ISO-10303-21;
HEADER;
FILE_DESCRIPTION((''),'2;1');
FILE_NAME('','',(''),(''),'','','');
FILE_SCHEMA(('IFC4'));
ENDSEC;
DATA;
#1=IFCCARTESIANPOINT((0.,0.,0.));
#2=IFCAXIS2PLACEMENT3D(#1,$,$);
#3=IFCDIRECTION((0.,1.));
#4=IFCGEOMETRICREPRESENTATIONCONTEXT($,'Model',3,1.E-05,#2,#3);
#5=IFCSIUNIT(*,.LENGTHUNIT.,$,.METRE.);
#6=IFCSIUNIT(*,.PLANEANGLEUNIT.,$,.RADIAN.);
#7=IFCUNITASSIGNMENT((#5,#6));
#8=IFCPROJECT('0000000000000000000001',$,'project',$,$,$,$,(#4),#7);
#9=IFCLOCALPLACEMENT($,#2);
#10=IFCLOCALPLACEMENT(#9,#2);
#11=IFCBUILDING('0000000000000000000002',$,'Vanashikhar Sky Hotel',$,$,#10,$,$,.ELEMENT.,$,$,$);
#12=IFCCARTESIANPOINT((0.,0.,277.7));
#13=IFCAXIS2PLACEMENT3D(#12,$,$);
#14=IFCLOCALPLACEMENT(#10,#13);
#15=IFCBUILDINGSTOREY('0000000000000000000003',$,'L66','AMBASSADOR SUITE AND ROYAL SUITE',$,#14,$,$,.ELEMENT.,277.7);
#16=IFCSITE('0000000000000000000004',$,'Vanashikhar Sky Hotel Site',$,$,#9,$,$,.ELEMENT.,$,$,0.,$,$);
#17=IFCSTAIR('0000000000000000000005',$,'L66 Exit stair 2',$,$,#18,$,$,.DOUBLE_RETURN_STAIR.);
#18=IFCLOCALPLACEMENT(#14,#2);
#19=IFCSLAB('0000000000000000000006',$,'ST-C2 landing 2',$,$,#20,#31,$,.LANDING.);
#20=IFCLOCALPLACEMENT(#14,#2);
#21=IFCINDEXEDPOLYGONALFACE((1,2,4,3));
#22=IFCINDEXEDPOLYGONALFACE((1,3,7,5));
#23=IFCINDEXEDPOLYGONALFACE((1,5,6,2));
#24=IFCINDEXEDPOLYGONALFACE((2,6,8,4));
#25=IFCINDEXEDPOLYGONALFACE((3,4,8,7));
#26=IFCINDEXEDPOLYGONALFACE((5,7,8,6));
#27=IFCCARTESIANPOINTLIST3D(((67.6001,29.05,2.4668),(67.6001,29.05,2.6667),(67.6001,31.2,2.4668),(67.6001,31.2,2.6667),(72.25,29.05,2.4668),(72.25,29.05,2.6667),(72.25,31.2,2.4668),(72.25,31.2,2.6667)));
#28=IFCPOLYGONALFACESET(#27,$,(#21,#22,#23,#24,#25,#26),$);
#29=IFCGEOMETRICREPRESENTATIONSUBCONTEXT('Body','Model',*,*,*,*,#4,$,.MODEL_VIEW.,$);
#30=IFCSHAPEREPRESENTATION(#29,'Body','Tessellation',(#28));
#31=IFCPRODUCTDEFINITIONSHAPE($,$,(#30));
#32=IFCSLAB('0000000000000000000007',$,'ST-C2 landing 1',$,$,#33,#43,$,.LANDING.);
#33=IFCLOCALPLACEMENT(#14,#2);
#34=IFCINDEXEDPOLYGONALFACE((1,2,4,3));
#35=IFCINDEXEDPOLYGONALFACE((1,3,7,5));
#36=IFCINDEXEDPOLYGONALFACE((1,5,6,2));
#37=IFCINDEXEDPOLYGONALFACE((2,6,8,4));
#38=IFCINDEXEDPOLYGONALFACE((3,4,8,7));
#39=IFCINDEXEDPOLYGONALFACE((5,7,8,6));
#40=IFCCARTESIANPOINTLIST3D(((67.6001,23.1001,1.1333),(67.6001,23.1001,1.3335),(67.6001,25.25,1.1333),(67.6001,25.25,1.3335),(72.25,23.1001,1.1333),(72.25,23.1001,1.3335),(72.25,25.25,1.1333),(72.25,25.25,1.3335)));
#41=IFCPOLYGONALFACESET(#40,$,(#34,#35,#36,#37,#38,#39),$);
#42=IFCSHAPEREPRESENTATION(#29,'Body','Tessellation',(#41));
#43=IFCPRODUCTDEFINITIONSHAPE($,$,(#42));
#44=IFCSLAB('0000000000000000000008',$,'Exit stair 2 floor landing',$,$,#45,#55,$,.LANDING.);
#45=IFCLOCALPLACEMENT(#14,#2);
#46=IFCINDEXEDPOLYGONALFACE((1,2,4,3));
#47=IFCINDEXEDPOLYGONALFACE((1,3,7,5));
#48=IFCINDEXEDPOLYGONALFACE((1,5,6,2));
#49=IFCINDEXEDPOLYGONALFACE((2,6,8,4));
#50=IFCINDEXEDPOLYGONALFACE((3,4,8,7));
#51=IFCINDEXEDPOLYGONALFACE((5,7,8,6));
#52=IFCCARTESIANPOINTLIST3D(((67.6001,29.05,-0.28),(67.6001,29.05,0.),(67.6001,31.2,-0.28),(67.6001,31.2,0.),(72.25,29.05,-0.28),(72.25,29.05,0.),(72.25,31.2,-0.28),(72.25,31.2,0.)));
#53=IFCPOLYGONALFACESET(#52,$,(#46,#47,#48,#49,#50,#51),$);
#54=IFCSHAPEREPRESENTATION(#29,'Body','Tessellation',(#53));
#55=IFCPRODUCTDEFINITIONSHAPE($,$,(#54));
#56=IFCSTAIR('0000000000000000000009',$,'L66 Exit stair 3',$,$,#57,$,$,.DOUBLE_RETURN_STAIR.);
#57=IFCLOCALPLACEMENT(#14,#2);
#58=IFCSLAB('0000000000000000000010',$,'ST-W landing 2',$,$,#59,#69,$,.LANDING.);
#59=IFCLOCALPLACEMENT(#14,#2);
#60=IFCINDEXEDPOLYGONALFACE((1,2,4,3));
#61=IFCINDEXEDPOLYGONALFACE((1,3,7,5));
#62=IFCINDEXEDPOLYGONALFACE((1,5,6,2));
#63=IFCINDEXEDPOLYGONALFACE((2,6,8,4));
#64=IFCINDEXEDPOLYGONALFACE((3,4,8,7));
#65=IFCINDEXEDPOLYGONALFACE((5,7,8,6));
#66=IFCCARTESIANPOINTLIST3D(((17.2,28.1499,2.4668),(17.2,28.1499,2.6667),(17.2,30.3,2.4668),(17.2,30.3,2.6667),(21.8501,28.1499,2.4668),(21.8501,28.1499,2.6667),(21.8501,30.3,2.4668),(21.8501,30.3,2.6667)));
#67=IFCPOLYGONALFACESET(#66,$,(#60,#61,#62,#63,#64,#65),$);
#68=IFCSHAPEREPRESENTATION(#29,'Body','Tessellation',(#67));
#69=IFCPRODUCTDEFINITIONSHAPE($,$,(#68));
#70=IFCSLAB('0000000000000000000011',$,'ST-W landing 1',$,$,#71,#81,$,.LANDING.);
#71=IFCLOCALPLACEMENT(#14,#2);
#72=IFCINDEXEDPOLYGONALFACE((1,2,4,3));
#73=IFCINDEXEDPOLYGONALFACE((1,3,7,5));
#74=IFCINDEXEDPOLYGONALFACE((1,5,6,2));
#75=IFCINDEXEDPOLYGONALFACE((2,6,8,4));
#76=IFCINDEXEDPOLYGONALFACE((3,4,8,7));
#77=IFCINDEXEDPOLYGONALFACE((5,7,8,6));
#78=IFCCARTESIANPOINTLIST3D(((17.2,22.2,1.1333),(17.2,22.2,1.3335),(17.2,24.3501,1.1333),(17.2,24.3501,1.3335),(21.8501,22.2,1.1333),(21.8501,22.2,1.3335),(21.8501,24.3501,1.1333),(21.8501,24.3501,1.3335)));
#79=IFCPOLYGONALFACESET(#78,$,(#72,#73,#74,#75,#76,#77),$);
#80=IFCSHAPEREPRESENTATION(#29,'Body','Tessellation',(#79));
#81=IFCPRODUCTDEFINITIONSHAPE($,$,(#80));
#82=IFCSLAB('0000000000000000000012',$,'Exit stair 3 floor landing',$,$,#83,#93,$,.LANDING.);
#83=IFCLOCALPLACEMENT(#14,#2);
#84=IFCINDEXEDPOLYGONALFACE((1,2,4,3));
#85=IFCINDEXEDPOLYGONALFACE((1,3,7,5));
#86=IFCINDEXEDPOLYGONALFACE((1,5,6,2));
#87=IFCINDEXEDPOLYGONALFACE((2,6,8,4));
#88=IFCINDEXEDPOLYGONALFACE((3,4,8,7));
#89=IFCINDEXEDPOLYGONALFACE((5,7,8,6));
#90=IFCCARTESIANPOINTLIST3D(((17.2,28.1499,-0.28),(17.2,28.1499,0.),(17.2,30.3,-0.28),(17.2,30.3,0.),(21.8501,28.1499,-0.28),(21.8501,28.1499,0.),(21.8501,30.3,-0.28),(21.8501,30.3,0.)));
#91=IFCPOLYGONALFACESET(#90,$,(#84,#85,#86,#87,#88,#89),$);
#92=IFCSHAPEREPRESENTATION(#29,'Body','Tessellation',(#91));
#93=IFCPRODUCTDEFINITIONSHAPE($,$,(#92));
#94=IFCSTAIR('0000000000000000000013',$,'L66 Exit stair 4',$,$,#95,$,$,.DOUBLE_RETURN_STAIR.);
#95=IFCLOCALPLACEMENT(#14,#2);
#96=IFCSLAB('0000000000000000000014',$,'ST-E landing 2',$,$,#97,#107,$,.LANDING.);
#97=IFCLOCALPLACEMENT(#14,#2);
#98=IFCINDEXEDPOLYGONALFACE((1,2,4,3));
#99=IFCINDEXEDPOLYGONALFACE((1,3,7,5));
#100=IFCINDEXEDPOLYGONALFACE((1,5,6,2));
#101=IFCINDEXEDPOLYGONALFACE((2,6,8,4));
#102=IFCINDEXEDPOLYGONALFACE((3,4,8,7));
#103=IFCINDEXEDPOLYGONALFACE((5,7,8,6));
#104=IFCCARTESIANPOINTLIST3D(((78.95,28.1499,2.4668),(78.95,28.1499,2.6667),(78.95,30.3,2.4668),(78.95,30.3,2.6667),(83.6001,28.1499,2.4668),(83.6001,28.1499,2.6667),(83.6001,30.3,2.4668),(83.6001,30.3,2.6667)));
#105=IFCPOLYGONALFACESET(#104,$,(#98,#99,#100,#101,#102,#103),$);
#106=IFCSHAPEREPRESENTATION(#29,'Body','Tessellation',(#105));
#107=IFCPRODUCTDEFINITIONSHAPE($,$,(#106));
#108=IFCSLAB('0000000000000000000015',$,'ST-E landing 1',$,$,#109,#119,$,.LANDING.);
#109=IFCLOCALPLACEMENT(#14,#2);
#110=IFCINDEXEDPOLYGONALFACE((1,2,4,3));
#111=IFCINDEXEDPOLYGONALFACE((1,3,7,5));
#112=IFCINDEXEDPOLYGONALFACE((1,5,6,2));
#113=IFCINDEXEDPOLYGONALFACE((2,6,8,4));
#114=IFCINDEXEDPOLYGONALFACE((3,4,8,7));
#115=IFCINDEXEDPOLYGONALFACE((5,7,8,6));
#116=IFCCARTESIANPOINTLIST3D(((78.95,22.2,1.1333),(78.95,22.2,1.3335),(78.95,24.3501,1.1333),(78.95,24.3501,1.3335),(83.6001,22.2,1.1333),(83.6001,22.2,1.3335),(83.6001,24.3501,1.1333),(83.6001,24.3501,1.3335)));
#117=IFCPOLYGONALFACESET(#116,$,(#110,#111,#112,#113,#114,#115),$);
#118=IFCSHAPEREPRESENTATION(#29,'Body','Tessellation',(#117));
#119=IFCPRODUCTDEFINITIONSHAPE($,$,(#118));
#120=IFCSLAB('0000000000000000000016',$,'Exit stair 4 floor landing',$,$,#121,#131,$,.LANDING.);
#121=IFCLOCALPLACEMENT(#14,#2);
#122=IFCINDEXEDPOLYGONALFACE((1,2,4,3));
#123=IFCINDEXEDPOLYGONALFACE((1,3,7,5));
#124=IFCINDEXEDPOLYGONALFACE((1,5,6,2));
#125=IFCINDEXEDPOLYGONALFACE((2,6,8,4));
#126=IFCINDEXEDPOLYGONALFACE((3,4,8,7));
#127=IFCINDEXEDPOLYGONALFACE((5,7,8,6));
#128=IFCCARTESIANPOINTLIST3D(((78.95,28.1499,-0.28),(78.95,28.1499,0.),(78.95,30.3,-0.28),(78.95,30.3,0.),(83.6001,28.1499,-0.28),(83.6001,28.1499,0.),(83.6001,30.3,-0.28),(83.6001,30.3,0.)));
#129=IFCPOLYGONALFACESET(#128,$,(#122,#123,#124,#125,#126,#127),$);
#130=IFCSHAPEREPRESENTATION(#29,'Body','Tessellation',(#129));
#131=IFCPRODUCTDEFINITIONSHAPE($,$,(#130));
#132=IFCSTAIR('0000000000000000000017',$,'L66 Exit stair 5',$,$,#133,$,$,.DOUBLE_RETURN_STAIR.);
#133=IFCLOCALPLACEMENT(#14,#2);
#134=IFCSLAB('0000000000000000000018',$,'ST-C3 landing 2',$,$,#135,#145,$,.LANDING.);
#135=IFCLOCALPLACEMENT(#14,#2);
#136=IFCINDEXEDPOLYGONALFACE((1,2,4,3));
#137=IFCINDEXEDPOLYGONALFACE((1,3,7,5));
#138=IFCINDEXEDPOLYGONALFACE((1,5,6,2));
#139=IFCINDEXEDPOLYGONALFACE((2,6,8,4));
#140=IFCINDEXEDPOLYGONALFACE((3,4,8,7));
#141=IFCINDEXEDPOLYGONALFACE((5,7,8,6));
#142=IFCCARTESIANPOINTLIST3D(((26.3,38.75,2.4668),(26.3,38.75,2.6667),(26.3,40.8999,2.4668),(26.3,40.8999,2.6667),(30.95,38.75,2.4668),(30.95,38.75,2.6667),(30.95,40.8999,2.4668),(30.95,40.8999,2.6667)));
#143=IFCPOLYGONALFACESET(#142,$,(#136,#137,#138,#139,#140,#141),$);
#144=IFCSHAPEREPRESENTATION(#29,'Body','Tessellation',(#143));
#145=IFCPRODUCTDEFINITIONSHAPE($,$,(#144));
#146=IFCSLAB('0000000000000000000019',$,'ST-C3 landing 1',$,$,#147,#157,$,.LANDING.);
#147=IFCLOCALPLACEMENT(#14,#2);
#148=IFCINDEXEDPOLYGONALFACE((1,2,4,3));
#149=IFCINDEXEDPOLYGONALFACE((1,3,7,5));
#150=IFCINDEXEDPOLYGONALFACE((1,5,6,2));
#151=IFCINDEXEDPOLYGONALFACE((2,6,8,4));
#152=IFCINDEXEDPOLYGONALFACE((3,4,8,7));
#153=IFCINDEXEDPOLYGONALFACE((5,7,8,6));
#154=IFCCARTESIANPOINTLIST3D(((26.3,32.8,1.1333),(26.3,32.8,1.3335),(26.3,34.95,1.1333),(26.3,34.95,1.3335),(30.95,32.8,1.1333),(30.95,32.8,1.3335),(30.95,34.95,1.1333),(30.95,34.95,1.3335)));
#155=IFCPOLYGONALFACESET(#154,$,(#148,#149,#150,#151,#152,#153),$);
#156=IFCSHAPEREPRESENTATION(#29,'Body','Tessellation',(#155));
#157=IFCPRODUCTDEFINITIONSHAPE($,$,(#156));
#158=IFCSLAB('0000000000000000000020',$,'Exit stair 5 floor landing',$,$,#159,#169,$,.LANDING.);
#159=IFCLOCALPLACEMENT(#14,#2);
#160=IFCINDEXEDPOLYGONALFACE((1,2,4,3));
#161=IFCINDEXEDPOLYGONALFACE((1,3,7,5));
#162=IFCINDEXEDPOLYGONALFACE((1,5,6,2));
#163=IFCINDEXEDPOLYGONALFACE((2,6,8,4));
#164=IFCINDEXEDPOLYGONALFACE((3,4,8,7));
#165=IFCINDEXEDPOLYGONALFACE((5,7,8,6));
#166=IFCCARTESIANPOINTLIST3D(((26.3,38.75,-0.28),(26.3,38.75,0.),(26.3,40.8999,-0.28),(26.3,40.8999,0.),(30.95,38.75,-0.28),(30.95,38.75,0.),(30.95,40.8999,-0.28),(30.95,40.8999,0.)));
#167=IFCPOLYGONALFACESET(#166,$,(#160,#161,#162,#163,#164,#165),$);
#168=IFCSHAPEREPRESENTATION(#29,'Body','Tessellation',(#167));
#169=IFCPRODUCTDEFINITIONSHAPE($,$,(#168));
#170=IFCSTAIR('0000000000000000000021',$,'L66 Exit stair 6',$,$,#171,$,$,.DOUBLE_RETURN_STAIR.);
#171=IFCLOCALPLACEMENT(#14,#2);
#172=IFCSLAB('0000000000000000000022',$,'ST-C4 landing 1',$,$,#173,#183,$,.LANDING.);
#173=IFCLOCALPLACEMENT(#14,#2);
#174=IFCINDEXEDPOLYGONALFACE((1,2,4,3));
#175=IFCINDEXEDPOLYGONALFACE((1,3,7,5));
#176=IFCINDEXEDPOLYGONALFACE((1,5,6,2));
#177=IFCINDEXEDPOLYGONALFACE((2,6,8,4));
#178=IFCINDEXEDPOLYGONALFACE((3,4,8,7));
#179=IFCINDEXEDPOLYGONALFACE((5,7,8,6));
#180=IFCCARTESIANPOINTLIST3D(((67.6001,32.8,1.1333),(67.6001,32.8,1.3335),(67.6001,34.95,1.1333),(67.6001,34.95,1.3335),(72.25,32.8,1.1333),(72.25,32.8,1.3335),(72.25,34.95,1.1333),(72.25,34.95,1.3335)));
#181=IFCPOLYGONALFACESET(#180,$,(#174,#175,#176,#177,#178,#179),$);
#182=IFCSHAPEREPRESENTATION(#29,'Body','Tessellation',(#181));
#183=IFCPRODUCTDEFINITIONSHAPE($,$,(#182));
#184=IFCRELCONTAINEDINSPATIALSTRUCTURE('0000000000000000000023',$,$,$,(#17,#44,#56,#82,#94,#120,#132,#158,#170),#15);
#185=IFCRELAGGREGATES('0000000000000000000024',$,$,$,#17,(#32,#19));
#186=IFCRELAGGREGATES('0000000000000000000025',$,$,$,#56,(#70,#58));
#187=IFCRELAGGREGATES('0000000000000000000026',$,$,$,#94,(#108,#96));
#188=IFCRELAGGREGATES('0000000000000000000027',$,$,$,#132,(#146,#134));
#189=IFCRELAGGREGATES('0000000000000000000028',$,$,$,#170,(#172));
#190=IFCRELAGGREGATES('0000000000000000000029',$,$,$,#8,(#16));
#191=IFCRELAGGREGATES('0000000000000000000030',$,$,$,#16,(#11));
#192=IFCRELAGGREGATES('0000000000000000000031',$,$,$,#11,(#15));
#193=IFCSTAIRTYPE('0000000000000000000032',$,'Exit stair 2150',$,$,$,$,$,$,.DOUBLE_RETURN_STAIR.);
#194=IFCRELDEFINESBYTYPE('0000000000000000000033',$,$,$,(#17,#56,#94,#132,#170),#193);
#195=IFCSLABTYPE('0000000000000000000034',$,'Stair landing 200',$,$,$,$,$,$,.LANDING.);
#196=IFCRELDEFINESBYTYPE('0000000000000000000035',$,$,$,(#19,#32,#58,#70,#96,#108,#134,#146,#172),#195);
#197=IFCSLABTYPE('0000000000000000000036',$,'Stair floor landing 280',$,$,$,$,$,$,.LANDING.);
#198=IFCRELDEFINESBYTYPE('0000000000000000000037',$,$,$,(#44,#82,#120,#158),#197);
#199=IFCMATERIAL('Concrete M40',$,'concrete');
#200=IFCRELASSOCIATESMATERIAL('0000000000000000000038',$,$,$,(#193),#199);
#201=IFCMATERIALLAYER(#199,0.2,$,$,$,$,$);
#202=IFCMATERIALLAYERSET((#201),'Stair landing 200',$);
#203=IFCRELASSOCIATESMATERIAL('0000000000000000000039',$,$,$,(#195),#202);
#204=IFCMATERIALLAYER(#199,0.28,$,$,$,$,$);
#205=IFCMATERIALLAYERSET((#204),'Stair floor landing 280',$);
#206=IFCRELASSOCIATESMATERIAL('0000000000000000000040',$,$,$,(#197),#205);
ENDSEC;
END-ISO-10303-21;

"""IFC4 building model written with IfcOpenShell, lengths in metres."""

from ifc_helpers import new_model, si_unit, direction, frame, origin, place, context, subcontext, project, spatial, polyline, outline, extrude, source, transform, mapped, material, layer, layer_set, type_object, element, aggregate, save


model = new_model("IFC4")

# Units and contexts
model_context = context("Model", 3, precision=1e-05, world=origin(), true_north=direction((0.0, 1.0)))
body_context = subcontext(model_context, "Body", "Model", "MODEL_VIEW")
ifc_project = project(units=[si_unit("LENGTHUNIT", "METRE"), si_unit("PLANEANGLEUNIT", "RADIAN")], contexts=[model_context])

# Site, building, storey
site_placement = place(None, origin())
site = spatial("IfcSite", under=ifc_project, at=site_placement, Name="Vanashikhar Sky Hotel Site", CompositionType="ELEMENT", RefElevation=0.0)
building_placement = place(site_placement, origin())
building = spatial("IfcBuilding", under=site, at=building_placement, Name="Vanashikhar Sky Hotel", CompositionType="ELEMENT")
storey_placement = place(building_placement, frame((0.0, 0.0, 277.7)))
storey = spatial("IfcBuildingStorey", under=building, at=storey_placement, Name="L66", Description="AMBASSADOR SUITE AND ROYAL SUITE", CompositionType="ELEMENT", Elevation=277.7)

# Shared definitions
ifc_material = material(Name="Concrete M40", Category="concrete")

# Shared definitions
stair_type = type_object("IfcStairType", Name="Exit stair 2150", PredefinedType="DOUBLE_RETURN_STAIR", material=ifc_material)
ifc_layer_1 = layer(ifc_material, 0.2)
ifc_layer_set_1 = layer_set([ifc_layer_1], Name="Stair landing 200")
slab_type_1 = type_object("IfcSlabType", Name="Stair landing 200", PredefinedType="LANDING", material=ifc_layer_set_1)

# Shared definitions
ifc_layer_2 = layer(ifc_material, 0.28)
ifc_layer_set_2 = layer_set([ifc_layer_2], Name="Stair floor landing 280")
slab_type_2 = type_object("IfcSlabType", Name="Stair floor landing 280", PredefinedType="LANDING", material=ifc_layer_set_2)

# Stair, slabs
stair_1_placement = place(storey_placement, origin())
stair_1 = element("IfcStair", 1, at=stair_1_placement, inside=storey, type_object=stair_type, Name="L66 Exit stair 2", PredefinedType="DOUBLE_RETURN_STAIR")
shared_shape_1 = source(origin(), body_context, "Body", "SweptSolid", [
    extrude(outline(polyline([(72.25, 29.05), (72.25, 31.2), (67.6001, 31.2), (67.6001, 29.05), (72.25, 29.05)])), origin(), (0.0, 0.0, 1.0), 0.2),
])
slab_1_placement = place(storey_placement, frame((0.0, 0.0, 2.4668)))
slab_1 = element("IfcSlab", 2, at=slab_1_placement, type_object=slab_type_1, Name="ST-C2 landing 2", PredefinedType="LANDING", context=body_context, shape_type="MappedRepresentation", body=[
    mapped(shared_shape_1, transform((0.0, 0.0, 0.0), scale=1.0)),
])
shared_shape_2 = source(origin(), body_context, "Body", "SweptSolid", [
    extrude(outline(polyline([(72.25, 23.1001), (72.25, 25.25), (67.6001, 25.25), (67.6001, 23.1001), (72.25, 23.1001)])), origin(), (0.0, 0.0, 1.0), 0.2002),
])
slab_2_placement = place(storey_placement, frame((0.0, 0.0, 1.1333)))
slab_2 = element("IfcSlab", 3, at=slab_2_placement, type_object=slab_type_1, Name="ST-C2 landing 1", PredefinedType="LANDING", context=body_context, shape_type="MappedRepresentation", body=[
    mapped(shared_shape_2, transform((0.0, 0.0, 0.0), scale=1.0)),
])
aggregate(stair_1, [slab_2, slab_1])

# Slab
shared_shape_3 = source(origin(), body_context, "Body", "SweptSolid", [
    extrude(outline(polyline([(72.25, 29.05), (72.25, 31.2), (67.6001, 31.2), (67.6001, 29.05), (72.25, 29.05)])), origin(), (0.0, 0.0, 1.0), 0.28),
])
slab_3_placement = place(storey_placement, frame((0.0, 0.0, -0.28)))
element("IfcSlab", 4, at=slab_3_placement, inside=storey, type_object=slab_type_2, Name="Exit stair 2 floor landing", PredefinedType="LANDING", context=body_context, shape_type="MappedRepresentation", body=[
    mapped(shared_shape_3, transform((0.0, 0.0, 0.0), scale=1.0)),
])

# Stair, slabs
stair_2_placement = place(storey_placement, origin())
stair_2 = element("IfcStair", 5, at=stair_2_placement, inside=storey, type_object=stair_type, Name="L66 Exit stair 3", PredefinedType="DOUBLE_RETURN_STAIR")
shared_shape_4 = source(origin(), body_context, "Body", "SweptSolid", [
    extrude(outline(polyline([(21.8501, 28.1499), (21.8501, 30.3), (17.2, 30.3), (17.2, 28.1499), (21.8501, 28.1499)])), origin(), (0.0, 0.0, 1.0), 0.2),
])
slab_4_placement = place(storey_placement, frame((0.0, 0.0, 2.4668)))
slab_4 = element("IfcSlab", 6, at=slab_4_placement, type_object=slab_type_1, Name="ST-W landing 2", PredefinedType="LANDING", context=body_context, shape_type="MappedRepresentation", body=[
    mapped(shared_shape_4, transform((0.0, 0.0, 0.0), scale=1.0)),
])
shared_shape_5 = source(origin(), body_context, "Body", "SweptSolid", [
    extrude(outline(polyline([(21.8501, 22.2), (21.8501, 24.3501), (17.2, 24.3501), (17.2, 22.2), (21.8501, 22.2)])), origin(), (0.0, 0.0, 1.0), 0.2002),
])
slab_5_placement = place(storey_placement, frame((0.0, 0.0, 1.1333)))
slab_5 = element("IfcSlab", 7, at=slab_5_placement, type_object=slab_type_1, Name="ST-W landing 1", PredefinedType="LANDING", context=body_context, shape_type="MappedRepresentation", body=[
    mapped(shared_shape_5, transform((0.0, 0.0, 0.0), scale=1.0)),
])
aggregate(stair_2, [slab_5, slab_4])

# Slab
shared_shape_6 = source(origin(), body_context, "Body", "SweptSolid", [
    extrude(outline(polyline([(21.8501, 28.1499), (21.8501, 30.3), (17.2, 30.3), (17.2, 28.1499), (21.8501, 28.1499)])), origin(), (0.0, 0.0, 1.0), 0.28),
])
slab_6_placement = place(storey_placement, frame((0.0, 0.0, -0.28)))
element("IfcSlab", 8, at=slab_6_placement, inside=storey, type_object=slab_type_2, Name="Exit stair 3 floor landing", PredefinedType="LANDING", context=body_context, shape_type="MappedRepresentation", body=[
    mapped(shared_shape_6, transform((0.0, 0.0, 0.0), scale=1.0)),
])

# Stair, slabs
stair_3_placement = place(storey_placement, origin())
stair_3 = element("IfcStair", 9, at=stair_3_placement, inside=storey, type_object=stair_type, Name="L66 Exit stair 4", PredefinedType="DOUBLE_RETURN_STAIR")
shared_shape_7 = source(origin(), body_context, "Body", "SweptSolid", [
    extrude(outline(polyline([(83.6001, 28.1499), (83.6001, 30.3), (78.95, 30.3), (78.95, 28.1499), (83.6001, 28.1499)])), origin(), (0.0, 0.0, 1.0), 0.2),
])
slab_7_placement = place(storey_placement, frame((0.0, 0.0, 2.4668)))
slab_7 = element("IfcSlab", 10, at=slab_7_placement, type_object=slab_type_1, Name="ST-E landing 2", PredefinedType="LANDING", context=body_context, shape_type="MappedRepresentation", body=[
    mapped(shared_shape_7, transform((0.0, 0.0, 0.0), scale=1.0)),
])
shared_shape_8 = source(origin(), body_context, "Body", "SweptSolid", [
    extrude(outline(polyline([(83.6001, 22.2), (83.6001, 24.3501), (78.95, 24.3501), (78.95, 22.2), (83.6001, 22.2)])), origin(), (0.0, 0.0, 1.0), 0.2002),
])
slab_8_placement = place(storey_placement, frame((0.0, 0.0, 1.1333)))
slab_8 = element("IfcSlab", 11, at=slab_8_placement, type_object=slab_type_1, Name="ST-E landing 1", PredefinedType="LANDING", context=body_context, shape_type="MappedRepresentation", body=[
    mapped(shared_shape_8, transform((0.0, 0.0, 0.0), scale=1.0)),
])
aggregate(stair_3, [slab_8, slab_7])

# Slab
shared_shape_9 = source(origin(), body_context, "Body", "SweptSolid", [
    extrude(outline(polyline([(83.6001, 28.1499), (83.6001, 30.3), (78.95, 30.3), (78.95, 28.1499), (83.6001, 28.1499)])), origin(), (0.0, 0.0, 1.0), 0.28),
])
slab_9_placement = place(storey_placement, frame((0.0, 0.0, -0.28)))
element("IfcSlab", 12, at=slab_9_placement, inside=storey, type_object=slab_type_2, Name="Exit stair 4 floor landing", PredefinedType="LANDING", context=body_context, shape_type="MappedRepresentation", body=[
    mapped(shared_shape_9, transform((0.0, 0.0, 0.0), scale=1.0)),
])

# Stair, slabs
stair_4_placement = place(storey_placement, origin())
stair_4 = element("IfcStair", 13, at=stair_4_placement, inside=storey, type_object=stair_type, Name="L66 Exit stair 5", PredefinedType="DOUBLE_RETURN_STAIR")
shared_shape_10 = source(origin(), body_context, "Body", "SweptSolid", [
    extrude(outline(polyline([(30.95, 38.75), (30.95, 40.8999), (26.3, 40.8999), (26.3, 38.75), (30.95, 38.75)])), origin(), (0.0, 0.0, 1.0), 0.2),
])
slab_10_placement = place(storey_placement, frame((0.0, 0.0, 2.4668)))
slab_10 = element("IfcSlab", 14, at=slab_10_placement, type_object=slab_type_1, Name="ST-C3 landing 2", PredefinedType="LANDING", context=body_context, shape_type="MappedRepresentation", body=[
    mapped(shared_shape_10, transform((0.0, 0.0, 0.0), scale=1.0)),
])
shared_shape_11 = source(origin(), body_context, "Body", "SweptSolid", [
    extrude(outline(polyline([(30.95, 32.8), (30.95, 34.95), (26.3, 34.95), (26.3, 32.8), (30.95, 32.8)])), origin(), (0.0, 0.0, 1.0), 0.2002),
])
slab_11_placement = place(storey_placement, frame((0.0, 0.0, 1.1333)))
slab_11 = element("IfcSlab", 15, at=slab_11_placement, type_object=slab_type_1, Name="ST-C3 landing 1", PredefinedType="LANDING", context=body_context, shape_type="MappedRepresentation", body=[
    mapped(shared_shape_11, transform((0.0, 0.0, 0.0), scale=1.0)),
])
aggregate(stair_4, [slab_11, slab_10])

# Slab
shared_shape_12 = source(origin(), body_context, "Body", "SweptSolid", [
    extrude(outline(polyline([(30.95, 38.75), (30.95, 40.8999), (26.3, 40.8999), (26.3, 38.75), (30.95, 38.75)])), origin(), (0.0, 0.0, 1.0), 0.28),
])
slab_12_placement = place(storey_placement, frame((0.0, 0.0, -0.28)))
element("IfcSlab", 16, at=slab_12_placement, inside=storey, type_object=slab_type_2, Name="Exit stair 5 floor landing", PredefinedType="LANDING", context=body_context, shape_type="MappedRepresentation", body=[
    mapped(shared_shape_12, transform((0.0, 0.0, 0.0), scale=1.0)),
])

# Stair, slab
stair_5_placement = place(storey_placement, origin())
stair_5 = element("IfcStair", 17, at=stair_5_placement, inside=storey, type_object=stair_type, Name="L66 Exit stair 6", PredefinedType="DOUBLE_RETURN_STAIR")
shared_shape_13 = source(origin(), body_context, "Body", "SweptSolid", [
    extrude(outline(polyline([(72.25, 32.8), (72.25, 34.95), (67.6001, 34.95), (67.6001, 32.8), (72.25, 32.8)])), origin(), (0.0, 0.0, 1.0), 0.2002),
])
slab_13_placement = place(storey_placement, frame((0.0, 0.0, 1.1333)))
slab_13 = element("IfcSlab", 18, at=slab_13_placement, type_object=slab_type_1, Name="ST-C4 landing 1", PredefinedType="LANDING", context=body_context, shape_type="MappedRepresentation", body=[
    mapped(shared_shape_13, transform((0.0, 0.0, 0.0), scale=1.0)),
])
aggregate(stair_5, [slab_13])

save(model, "model.ifc")
